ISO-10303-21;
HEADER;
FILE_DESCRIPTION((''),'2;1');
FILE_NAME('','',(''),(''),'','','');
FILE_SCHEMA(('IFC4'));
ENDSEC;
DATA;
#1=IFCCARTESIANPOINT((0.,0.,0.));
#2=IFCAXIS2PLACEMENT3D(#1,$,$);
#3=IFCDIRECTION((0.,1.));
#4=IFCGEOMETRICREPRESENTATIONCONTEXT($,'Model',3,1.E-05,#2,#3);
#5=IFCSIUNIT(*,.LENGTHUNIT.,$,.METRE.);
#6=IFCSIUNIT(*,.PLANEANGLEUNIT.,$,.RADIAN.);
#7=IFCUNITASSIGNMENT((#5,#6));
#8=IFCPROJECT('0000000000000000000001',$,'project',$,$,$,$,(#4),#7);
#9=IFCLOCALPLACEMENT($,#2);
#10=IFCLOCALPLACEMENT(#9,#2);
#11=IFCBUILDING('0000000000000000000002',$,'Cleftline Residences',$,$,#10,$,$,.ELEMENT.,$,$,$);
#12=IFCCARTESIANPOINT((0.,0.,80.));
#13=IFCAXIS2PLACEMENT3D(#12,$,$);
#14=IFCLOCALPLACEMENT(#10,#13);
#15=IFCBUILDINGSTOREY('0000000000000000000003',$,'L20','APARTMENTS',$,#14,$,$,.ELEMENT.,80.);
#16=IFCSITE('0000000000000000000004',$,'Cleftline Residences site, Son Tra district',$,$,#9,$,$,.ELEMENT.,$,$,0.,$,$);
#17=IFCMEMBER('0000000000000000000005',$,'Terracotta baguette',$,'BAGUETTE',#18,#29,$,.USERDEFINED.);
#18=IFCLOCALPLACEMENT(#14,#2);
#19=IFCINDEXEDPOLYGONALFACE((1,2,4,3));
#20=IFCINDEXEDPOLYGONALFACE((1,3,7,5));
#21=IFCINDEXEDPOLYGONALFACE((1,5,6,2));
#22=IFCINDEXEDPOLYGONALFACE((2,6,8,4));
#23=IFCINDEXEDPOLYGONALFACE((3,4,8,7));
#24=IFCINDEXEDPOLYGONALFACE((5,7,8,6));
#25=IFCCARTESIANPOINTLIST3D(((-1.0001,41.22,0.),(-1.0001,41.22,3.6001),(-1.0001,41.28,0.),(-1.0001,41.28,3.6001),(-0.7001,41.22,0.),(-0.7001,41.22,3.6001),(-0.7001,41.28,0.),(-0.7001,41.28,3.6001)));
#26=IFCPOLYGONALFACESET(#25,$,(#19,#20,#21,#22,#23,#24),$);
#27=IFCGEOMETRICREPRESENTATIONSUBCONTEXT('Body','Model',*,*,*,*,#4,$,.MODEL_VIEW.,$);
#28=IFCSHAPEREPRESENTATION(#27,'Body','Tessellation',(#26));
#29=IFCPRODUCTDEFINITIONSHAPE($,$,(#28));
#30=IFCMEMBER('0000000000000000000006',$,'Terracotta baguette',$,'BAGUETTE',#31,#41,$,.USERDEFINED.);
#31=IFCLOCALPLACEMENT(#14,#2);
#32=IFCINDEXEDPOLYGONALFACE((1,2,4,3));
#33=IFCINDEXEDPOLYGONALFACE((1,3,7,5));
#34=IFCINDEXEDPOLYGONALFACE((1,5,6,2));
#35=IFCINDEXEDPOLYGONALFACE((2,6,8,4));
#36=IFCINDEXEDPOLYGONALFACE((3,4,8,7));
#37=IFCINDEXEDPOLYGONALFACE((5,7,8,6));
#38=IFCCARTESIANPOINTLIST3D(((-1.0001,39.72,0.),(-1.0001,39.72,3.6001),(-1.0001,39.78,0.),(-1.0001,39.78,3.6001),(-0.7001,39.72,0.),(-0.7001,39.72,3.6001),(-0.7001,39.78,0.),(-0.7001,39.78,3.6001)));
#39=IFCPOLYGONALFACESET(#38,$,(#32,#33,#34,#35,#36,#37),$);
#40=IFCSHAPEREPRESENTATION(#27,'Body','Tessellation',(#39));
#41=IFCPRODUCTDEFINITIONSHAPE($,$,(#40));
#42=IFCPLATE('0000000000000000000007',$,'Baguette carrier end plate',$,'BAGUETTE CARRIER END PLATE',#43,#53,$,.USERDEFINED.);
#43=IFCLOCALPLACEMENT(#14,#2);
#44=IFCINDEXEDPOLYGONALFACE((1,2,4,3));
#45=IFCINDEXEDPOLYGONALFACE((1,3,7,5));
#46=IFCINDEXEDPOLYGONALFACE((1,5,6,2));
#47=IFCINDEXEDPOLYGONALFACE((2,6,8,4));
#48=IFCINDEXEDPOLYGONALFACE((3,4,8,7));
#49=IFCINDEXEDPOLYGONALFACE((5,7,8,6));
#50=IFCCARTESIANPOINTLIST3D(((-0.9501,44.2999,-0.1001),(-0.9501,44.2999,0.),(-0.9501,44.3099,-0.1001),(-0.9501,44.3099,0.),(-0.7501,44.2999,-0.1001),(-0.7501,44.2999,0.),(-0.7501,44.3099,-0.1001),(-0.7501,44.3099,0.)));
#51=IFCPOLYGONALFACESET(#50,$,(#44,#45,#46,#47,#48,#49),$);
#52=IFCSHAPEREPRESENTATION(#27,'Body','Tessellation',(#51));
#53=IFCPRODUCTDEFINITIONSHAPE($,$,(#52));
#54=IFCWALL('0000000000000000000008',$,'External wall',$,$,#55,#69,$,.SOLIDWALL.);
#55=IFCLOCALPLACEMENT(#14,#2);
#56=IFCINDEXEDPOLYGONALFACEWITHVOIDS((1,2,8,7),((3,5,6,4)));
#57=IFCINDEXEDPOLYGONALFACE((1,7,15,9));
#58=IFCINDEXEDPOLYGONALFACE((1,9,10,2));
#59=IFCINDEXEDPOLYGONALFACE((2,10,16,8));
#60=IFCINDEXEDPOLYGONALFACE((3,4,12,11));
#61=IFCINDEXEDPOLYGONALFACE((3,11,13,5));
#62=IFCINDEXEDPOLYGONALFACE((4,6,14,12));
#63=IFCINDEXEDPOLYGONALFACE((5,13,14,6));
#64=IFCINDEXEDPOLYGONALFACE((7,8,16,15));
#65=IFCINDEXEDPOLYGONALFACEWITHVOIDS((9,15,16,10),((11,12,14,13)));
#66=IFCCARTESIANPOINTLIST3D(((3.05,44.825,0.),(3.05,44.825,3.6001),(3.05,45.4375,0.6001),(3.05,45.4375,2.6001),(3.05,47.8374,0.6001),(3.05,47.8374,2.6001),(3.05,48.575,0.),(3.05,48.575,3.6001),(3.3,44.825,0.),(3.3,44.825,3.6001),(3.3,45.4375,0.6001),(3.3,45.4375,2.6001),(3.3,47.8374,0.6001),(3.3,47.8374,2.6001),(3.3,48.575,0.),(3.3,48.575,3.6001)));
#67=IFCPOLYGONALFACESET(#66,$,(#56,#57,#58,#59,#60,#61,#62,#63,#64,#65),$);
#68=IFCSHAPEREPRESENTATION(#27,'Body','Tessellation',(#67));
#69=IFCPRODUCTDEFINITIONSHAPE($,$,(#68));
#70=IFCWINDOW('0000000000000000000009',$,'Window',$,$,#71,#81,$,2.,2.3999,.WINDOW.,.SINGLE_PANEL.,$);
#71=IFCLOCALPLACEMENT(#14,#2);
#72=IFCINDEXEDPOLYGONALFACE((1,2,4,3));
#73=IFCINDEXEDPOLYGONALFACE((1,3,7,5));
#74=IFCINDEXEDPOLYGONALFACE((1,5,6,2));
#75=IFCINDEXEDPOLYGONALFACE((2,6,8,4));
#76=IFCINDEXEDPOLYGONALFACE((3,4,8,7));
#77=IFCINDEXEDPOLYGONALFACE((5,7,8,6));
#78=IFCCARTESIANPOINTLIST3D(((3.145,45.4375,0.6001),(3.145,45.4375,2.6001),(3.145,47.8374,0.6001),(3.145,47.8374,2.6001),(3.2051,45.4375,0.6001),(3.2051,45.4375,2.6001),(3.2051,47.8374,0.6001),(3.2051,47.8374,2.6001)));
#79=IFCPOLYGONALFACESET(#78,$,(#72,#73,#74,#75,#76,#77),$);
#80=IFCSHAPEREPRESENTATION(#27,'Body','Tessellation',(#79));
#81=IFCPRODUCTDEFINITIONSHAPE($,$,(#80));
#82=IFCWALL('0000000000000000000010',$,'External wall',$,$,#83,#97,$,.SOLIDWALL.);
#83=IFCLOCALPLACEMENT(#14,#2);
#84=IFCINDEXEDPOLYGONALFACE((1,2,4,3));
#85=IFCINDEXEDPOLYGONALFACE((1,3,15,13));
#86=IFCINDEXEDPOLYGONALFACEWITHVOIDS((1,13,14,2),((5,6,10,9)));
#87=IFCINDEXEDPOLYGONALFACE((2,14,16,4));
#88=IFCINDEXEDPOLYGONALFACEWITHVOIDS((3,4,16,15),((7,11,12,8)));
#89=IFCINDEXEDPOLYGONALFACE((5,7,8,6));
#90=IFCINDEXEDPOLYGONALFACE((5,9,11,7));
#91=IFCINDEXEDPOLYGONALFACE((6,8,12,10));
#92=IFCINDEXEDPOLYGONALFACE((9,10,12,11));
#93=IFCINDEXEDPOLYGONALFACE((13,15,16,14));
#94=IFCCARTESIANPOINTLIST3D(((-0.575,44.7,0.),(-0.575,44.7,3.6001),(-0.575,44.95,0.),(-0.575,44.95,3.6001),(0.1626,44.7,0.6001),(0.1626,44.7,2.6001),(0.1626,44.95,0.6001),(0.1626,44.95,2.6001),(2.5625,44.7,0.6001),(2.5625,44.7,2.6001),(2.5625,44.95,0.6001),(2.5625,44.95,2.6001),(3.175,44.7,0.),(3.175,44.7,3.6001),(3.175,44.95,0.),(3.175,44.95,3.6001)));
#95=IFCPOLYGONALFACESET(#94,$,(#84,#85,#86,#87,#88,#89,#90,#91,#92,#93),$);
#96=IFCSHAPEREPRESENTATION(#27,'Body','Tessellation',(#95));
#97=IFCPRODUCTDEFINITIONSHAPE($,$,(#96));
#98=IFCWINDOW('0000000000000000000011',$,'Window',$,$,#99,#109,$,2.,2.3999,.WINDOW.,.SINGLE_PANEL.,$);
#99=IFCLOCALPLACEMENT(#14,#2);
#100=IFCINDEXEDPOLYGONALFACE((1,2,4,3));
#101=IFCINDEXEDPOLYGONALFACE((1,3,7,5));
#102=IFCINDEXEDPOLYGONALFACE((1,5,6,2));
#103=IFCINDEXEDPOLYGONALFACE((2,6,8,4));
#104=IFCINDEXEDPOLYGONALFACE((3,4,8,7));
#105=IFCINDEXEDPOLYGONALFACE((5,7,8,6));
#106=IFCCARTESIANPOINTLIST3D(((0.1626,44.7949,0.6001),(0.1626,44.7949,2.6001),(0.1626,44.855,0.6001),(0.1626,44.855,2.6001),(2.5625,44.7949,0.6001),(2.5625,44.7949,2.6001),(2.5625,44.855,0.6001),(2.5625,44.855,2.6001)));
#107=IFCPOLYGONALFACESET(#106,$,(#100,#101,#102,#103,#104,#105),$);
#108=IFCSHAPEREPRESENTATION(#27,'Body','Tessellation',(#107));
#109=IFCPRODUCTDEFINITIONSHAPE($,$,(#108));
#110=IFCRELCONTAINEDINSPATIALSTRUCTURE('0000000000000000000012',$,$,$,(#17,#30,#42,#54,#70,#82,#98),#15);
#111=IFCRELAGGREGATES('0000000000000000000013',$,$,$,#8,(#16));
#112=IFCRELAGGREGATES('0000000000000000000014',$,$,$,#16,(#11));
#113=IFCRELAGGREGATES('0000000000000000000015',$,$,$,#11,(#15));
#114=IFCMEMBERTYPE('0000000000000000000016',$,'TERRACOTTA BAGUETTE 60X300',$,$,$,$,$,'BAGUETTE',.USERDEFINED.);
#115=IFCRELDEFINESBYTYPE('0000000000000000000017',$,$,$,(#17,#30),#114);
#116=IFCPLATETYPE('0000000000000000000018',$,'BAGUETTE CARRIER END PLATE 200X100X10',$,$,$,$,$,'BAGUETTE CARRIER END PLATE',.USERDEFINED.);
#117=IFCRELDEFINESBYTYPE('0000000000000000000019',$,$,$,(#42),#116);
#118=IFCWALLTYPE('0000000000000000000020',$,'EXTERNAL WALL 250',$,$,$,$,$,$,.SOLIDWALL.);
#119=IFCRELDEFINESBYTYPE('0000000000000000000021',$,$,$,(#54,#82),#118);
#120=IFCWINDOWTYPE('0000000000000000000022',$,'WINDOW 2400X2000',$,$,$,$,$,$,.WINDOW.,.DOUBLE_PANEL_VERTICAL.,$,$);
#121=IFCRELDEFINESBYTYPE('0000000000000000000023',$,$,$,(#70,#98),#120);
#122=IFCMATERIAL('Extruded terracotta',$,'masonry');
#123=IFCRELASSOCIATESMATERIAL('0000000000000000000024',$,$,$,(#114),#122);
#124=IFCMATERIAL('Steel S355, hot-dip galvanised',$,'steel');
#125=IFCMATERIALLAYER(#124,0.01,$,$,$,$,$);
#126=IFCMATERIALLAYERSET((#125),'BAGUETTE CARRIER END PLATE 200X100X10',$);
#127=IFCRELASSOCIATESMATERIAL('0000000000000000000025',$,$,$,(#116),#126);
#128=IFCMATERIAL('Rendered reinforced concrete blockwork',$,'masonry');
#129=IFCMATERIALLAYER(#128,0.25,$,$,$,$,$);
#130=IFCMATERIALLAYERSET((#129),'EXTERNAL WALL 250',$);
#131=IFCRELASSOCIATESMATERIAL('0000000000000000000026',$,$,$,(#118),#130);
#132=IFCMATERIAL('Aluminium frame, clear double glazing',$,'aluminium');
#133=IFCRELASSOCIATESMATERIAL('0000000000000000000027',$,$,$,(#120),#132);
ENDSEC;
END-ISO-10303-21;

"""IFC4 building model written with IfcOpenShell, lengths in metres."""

from ifc_helpers import new_model, si_unit, direction, frame, frame_2d, origin, origin_2d, place, context, subcontext, project, spatial, rectangle, extrude, material, layer, layer_set, material_profile, profile_set, type_object, element, fill, save


model = new_model("IFC4")

# Units and contexts
model_context = context("Model", 3, precision=1e-05, world=origin(), true_north=direction((0.0, 1.0)))
body_context = subcontext(model_context, "Body", "Model", "MODEL_VIEW")
ifc_project = project(units=[si_unit("LENGTHUNIT", "METRE"), si_unit("PLANEANGLEUNIT", "RADIAN")], contexts=[model_context])

# Site, building, storey
site_placement = place(None, origin())
site = spatial("IfcSite", under=ifc_project, at=site_placement, Name="Cleftline Residences site, Son Tra district", CompositionType="ELEMENT", RefElevation=0.0)
building_placement = place(site_placement, origin())
building = spatial("IfcBuilding", under=site, at=building_placement, Name="Cleftline Residences", CompositionType="ELEMENT")
storey_placement = place(building_placement, frame((0.0, 0.0, 80.0)))
storey = spatial("IfcBuildingStorey", under=building, at=storey_placement, Name="L20", Description="APARTMENTS", CompositionType="ELEMENT", Elevation=80.0)

# Members
ifc_material_1 = material(Name="Extruded terracotta", Category="masonry")
ifc_material_profile_1 = material_profile(ifc_material_1, rectangle(XDim=0.0601, YDim=0.3, at=origin_2d()))
ifc_profile_set_1 = profile_set([ifc_material_profile_1], Name="Extruded terracotta")
member_type_1 = type_object("IfcMemberType", Name="TERRACOTTA BAGUETTE 60X300", ElementType="BAGUETTE", PredefinedType="USERDEFINED", material=ifc_profile_set_1)
for number, where, z_axis, x_axis, name in (
    (1, (-0.8501, 41.25, 0.0), (0.0, 0.0, 1.0), (0.0, 1.0, 0.0), "Terracotta baguette"),
    (2, (-0.8501, 39.75, 0.0), (0.0, 0.0, 1.0), (0.0, 1.0, 0.0), "Terracotta baguette"),
):
    element("IfcMember", number, at=place(storey_placement, frame(where, z_axis=z_axis, x_axis=x_axis)), inside=storey, type_object=member_type_1, Name=name, ObjectType="BAGUETTE", PredefinedType="USERDEFINED", context=body_context, shape_type="SweptSolid", body=[
        extrude(rectangle(XDim=0.0601, YDim=0.3, at=origin_2d()), origin(), (0.0, 0.0, 1.0), 3.6001),
    ])

# Plate
ifc_material_2 = material(Name="Steel S355, hot-dip galvanised", Category="steel")
ifc_layer_1 = layer(ifc_material_2, 0.01)
ifc_layer_set_1 = layer_set([ifc_layer_1], Name="BAGUETTE CARRIER END PLATE 200X100X10")
plate_type = type_object("IfcPlateType", Name="BAGUETTE CARRIER END PLATE 200X100X10", ElementType="BAGUETTE CARRIER END PLATE", PredefinedType="USERDEFINED", material=ifc_layer_set_1)
plate_placement = place(storey_placement, frame((-0.8501, 44.3049, -0.1001), z_axis=(0.0, 0.0, 1.0), x_axis=(-1.0, 0.0, 0.0)))
element("IfcPlate", 3, at=plate_placement, inside=storey, type_object=plate_type, Name="Baguette carrier end plate", ObjectType="BAGUETTE CARRIER END PLATE", PredefinedType="USERDEFINED", context=body_context, shape_type="SweptSolid", body=[
    extrude(rectangle(XDim=0.2, YDim=0.01, at=origin_2d()), origin(), (0.0, 0.0, 1.0), 0.1001),
])

# Walls, openings, windows
ifc_material_3 = material(Name="Rendered reinforced concrete blockwork", Category="masonry")
ifc_layer_2 = layer(ifc_material_3, 0.25)
ifc_layer_set_2 = layer_set([ifc_layer_2], Name="EXTERNAL WALL 250")
wall_type_1 = type_object("IfcWallType", Name="EXTERNAL WALL 250", PredefinedType="SOLIDWALL", material=ifc_layer_set_2)
wall_1_placement = place(storey_placement, frame((3.175, 48.575, 0.0), z_axis=(0.0, 0.0, 1.0), x_axis=(0.0, -1.0, 0.0)))
wall_1 = element("IfcWall", 4, at=wall_1_placement, inside=storey, type_object=wall_type_1, Name="External wall", PredefinedType="SOLIDWALL", context=body_context, shape_type="SweptSolid", body=[
    extrude(rectangle(XDim=3.75, YDim=0.25, at=frame_2d((1.875, 0.0))), origin(), (0.0, 0.0, 1.0), 3.6001),
])
opening_1_placement = place(wall_1_placement, frame((0.7375, 0.0, 0.6001)))
opening_1 = element("IfcOpeningElement", 5, at=opening_1_placement, cuts=wall_1, PredefinedType="OPENING", context=body_context, shape_type="SweptSolid", body=[
    extrude(rectangle(XDim=2.3999, YDim=2.0, at=frame_2d((1.2, 1.0))), frame((0.0, 0.135, 0.0), z_axis=(0.0, -1.0, 0.0), x_axis=(1.0, 0.0, 0.0)), (0.0, 0.0, 1.0), 0.27),
])
ifc_material_4 = material(Name="Aluminium frame, clear double glazing", Category="aluminium")
window_type_1 = type_object("IfcWindowType", Name="WINDOW 2400X2000", PartitioningType="DOUBLE_PANEL_VERTICAL", PredefinedType="WINDOW", material=ifc_material_4)
window_1_placement = place(opening_1_placement, origin())
window_1 = element("IfcWindow", 6, at=window_1_placement, inside=storey, type_object=window_type_1, Name="Window", OverallHeight=2.0, OverallWidth=2.3999, PartitioningType="SINGLE_PANEL", PredefinedType="WINDOW", context=body_context, shape_type="SweptSolid", body=[
    extrude(rectangle(XDim=2.3999, YDim=2.0, at=frame_2d((1.2, 1.0))), frame((0.0, 0.03, 0.0), z_axis=(0.0, -1.0, 0.0), x_axis=(1.0, 0.0, 0.0)), (0.0, 0.0, 1.0), 0.0601),
])
fill(opening_1, window_1)
wall_2_placement = place(storey_placement, frame((3.175, 44.825, 0.0), z_axis=(0.0, 0.0, 1.0), x_axis=(-1.0, 0.0, 0.0)))
wall_2 = element("IfcWall", 7, at=wall_2_placement, inside=storey, type_object=wall_type_1, Name="External wall", PredefinedType="SOLIDWALL", context=body_context, shape_type="SweptSolid", body=[
    extrude(rectangle(XDim=3.75, YDim=0.25, at=frame_2d((1.875, 0.0))), origin(), (0.0, 0.0, 1.0), 3.6001),
])
opening_2_placement = place(wall_2_placement, frame((0.6125, 0.0, 0.6001)))
opening_2 = element("IfcOpeningElement", 8, at=opening_2_placement, cuts=wall_2, PredefinedType="OPENING", context=body_context, shape_type="SweptSolid", body=[
    extrude(rectangle(XDim=2.3999, YDim=2.0, at=frame_2d((1.2, 1.0))), frame((0.0, 0.135, 0.0), z_axis=(0.0, -1.0, 0.0), x_axis=(1.0, 0.0, 0.0)), (0.0, 0.0, 1.0), 0.27),
])
window_2_placement = place(opening_2_placement, origin())
window_2 = element("IfcWindow", 9, at=window_2_placement, inside=storey, type_object=window_type_1, Name="Window", OverallHeight=2.0, OverallWidth=2.3999, PartitioningType="SINGLE_PANEL", PredefinedType="WINDOW", context=body_context, shape_type="SweptSolid", body=[
    extrude(rectangle(XDim=2.3999, YDim=2.0, at=frame_2d((1.2, 1.0))), frame((0.0, 0.03, 0.0), z_axis=(0.0, -1.0, 0.0), x_axis=(1.0, 0.0, 0.0)), (0.0, 0.0, 1.0), 0.0601),
])
fill(opening_2, window_2)

save(model, "model.ifc")
